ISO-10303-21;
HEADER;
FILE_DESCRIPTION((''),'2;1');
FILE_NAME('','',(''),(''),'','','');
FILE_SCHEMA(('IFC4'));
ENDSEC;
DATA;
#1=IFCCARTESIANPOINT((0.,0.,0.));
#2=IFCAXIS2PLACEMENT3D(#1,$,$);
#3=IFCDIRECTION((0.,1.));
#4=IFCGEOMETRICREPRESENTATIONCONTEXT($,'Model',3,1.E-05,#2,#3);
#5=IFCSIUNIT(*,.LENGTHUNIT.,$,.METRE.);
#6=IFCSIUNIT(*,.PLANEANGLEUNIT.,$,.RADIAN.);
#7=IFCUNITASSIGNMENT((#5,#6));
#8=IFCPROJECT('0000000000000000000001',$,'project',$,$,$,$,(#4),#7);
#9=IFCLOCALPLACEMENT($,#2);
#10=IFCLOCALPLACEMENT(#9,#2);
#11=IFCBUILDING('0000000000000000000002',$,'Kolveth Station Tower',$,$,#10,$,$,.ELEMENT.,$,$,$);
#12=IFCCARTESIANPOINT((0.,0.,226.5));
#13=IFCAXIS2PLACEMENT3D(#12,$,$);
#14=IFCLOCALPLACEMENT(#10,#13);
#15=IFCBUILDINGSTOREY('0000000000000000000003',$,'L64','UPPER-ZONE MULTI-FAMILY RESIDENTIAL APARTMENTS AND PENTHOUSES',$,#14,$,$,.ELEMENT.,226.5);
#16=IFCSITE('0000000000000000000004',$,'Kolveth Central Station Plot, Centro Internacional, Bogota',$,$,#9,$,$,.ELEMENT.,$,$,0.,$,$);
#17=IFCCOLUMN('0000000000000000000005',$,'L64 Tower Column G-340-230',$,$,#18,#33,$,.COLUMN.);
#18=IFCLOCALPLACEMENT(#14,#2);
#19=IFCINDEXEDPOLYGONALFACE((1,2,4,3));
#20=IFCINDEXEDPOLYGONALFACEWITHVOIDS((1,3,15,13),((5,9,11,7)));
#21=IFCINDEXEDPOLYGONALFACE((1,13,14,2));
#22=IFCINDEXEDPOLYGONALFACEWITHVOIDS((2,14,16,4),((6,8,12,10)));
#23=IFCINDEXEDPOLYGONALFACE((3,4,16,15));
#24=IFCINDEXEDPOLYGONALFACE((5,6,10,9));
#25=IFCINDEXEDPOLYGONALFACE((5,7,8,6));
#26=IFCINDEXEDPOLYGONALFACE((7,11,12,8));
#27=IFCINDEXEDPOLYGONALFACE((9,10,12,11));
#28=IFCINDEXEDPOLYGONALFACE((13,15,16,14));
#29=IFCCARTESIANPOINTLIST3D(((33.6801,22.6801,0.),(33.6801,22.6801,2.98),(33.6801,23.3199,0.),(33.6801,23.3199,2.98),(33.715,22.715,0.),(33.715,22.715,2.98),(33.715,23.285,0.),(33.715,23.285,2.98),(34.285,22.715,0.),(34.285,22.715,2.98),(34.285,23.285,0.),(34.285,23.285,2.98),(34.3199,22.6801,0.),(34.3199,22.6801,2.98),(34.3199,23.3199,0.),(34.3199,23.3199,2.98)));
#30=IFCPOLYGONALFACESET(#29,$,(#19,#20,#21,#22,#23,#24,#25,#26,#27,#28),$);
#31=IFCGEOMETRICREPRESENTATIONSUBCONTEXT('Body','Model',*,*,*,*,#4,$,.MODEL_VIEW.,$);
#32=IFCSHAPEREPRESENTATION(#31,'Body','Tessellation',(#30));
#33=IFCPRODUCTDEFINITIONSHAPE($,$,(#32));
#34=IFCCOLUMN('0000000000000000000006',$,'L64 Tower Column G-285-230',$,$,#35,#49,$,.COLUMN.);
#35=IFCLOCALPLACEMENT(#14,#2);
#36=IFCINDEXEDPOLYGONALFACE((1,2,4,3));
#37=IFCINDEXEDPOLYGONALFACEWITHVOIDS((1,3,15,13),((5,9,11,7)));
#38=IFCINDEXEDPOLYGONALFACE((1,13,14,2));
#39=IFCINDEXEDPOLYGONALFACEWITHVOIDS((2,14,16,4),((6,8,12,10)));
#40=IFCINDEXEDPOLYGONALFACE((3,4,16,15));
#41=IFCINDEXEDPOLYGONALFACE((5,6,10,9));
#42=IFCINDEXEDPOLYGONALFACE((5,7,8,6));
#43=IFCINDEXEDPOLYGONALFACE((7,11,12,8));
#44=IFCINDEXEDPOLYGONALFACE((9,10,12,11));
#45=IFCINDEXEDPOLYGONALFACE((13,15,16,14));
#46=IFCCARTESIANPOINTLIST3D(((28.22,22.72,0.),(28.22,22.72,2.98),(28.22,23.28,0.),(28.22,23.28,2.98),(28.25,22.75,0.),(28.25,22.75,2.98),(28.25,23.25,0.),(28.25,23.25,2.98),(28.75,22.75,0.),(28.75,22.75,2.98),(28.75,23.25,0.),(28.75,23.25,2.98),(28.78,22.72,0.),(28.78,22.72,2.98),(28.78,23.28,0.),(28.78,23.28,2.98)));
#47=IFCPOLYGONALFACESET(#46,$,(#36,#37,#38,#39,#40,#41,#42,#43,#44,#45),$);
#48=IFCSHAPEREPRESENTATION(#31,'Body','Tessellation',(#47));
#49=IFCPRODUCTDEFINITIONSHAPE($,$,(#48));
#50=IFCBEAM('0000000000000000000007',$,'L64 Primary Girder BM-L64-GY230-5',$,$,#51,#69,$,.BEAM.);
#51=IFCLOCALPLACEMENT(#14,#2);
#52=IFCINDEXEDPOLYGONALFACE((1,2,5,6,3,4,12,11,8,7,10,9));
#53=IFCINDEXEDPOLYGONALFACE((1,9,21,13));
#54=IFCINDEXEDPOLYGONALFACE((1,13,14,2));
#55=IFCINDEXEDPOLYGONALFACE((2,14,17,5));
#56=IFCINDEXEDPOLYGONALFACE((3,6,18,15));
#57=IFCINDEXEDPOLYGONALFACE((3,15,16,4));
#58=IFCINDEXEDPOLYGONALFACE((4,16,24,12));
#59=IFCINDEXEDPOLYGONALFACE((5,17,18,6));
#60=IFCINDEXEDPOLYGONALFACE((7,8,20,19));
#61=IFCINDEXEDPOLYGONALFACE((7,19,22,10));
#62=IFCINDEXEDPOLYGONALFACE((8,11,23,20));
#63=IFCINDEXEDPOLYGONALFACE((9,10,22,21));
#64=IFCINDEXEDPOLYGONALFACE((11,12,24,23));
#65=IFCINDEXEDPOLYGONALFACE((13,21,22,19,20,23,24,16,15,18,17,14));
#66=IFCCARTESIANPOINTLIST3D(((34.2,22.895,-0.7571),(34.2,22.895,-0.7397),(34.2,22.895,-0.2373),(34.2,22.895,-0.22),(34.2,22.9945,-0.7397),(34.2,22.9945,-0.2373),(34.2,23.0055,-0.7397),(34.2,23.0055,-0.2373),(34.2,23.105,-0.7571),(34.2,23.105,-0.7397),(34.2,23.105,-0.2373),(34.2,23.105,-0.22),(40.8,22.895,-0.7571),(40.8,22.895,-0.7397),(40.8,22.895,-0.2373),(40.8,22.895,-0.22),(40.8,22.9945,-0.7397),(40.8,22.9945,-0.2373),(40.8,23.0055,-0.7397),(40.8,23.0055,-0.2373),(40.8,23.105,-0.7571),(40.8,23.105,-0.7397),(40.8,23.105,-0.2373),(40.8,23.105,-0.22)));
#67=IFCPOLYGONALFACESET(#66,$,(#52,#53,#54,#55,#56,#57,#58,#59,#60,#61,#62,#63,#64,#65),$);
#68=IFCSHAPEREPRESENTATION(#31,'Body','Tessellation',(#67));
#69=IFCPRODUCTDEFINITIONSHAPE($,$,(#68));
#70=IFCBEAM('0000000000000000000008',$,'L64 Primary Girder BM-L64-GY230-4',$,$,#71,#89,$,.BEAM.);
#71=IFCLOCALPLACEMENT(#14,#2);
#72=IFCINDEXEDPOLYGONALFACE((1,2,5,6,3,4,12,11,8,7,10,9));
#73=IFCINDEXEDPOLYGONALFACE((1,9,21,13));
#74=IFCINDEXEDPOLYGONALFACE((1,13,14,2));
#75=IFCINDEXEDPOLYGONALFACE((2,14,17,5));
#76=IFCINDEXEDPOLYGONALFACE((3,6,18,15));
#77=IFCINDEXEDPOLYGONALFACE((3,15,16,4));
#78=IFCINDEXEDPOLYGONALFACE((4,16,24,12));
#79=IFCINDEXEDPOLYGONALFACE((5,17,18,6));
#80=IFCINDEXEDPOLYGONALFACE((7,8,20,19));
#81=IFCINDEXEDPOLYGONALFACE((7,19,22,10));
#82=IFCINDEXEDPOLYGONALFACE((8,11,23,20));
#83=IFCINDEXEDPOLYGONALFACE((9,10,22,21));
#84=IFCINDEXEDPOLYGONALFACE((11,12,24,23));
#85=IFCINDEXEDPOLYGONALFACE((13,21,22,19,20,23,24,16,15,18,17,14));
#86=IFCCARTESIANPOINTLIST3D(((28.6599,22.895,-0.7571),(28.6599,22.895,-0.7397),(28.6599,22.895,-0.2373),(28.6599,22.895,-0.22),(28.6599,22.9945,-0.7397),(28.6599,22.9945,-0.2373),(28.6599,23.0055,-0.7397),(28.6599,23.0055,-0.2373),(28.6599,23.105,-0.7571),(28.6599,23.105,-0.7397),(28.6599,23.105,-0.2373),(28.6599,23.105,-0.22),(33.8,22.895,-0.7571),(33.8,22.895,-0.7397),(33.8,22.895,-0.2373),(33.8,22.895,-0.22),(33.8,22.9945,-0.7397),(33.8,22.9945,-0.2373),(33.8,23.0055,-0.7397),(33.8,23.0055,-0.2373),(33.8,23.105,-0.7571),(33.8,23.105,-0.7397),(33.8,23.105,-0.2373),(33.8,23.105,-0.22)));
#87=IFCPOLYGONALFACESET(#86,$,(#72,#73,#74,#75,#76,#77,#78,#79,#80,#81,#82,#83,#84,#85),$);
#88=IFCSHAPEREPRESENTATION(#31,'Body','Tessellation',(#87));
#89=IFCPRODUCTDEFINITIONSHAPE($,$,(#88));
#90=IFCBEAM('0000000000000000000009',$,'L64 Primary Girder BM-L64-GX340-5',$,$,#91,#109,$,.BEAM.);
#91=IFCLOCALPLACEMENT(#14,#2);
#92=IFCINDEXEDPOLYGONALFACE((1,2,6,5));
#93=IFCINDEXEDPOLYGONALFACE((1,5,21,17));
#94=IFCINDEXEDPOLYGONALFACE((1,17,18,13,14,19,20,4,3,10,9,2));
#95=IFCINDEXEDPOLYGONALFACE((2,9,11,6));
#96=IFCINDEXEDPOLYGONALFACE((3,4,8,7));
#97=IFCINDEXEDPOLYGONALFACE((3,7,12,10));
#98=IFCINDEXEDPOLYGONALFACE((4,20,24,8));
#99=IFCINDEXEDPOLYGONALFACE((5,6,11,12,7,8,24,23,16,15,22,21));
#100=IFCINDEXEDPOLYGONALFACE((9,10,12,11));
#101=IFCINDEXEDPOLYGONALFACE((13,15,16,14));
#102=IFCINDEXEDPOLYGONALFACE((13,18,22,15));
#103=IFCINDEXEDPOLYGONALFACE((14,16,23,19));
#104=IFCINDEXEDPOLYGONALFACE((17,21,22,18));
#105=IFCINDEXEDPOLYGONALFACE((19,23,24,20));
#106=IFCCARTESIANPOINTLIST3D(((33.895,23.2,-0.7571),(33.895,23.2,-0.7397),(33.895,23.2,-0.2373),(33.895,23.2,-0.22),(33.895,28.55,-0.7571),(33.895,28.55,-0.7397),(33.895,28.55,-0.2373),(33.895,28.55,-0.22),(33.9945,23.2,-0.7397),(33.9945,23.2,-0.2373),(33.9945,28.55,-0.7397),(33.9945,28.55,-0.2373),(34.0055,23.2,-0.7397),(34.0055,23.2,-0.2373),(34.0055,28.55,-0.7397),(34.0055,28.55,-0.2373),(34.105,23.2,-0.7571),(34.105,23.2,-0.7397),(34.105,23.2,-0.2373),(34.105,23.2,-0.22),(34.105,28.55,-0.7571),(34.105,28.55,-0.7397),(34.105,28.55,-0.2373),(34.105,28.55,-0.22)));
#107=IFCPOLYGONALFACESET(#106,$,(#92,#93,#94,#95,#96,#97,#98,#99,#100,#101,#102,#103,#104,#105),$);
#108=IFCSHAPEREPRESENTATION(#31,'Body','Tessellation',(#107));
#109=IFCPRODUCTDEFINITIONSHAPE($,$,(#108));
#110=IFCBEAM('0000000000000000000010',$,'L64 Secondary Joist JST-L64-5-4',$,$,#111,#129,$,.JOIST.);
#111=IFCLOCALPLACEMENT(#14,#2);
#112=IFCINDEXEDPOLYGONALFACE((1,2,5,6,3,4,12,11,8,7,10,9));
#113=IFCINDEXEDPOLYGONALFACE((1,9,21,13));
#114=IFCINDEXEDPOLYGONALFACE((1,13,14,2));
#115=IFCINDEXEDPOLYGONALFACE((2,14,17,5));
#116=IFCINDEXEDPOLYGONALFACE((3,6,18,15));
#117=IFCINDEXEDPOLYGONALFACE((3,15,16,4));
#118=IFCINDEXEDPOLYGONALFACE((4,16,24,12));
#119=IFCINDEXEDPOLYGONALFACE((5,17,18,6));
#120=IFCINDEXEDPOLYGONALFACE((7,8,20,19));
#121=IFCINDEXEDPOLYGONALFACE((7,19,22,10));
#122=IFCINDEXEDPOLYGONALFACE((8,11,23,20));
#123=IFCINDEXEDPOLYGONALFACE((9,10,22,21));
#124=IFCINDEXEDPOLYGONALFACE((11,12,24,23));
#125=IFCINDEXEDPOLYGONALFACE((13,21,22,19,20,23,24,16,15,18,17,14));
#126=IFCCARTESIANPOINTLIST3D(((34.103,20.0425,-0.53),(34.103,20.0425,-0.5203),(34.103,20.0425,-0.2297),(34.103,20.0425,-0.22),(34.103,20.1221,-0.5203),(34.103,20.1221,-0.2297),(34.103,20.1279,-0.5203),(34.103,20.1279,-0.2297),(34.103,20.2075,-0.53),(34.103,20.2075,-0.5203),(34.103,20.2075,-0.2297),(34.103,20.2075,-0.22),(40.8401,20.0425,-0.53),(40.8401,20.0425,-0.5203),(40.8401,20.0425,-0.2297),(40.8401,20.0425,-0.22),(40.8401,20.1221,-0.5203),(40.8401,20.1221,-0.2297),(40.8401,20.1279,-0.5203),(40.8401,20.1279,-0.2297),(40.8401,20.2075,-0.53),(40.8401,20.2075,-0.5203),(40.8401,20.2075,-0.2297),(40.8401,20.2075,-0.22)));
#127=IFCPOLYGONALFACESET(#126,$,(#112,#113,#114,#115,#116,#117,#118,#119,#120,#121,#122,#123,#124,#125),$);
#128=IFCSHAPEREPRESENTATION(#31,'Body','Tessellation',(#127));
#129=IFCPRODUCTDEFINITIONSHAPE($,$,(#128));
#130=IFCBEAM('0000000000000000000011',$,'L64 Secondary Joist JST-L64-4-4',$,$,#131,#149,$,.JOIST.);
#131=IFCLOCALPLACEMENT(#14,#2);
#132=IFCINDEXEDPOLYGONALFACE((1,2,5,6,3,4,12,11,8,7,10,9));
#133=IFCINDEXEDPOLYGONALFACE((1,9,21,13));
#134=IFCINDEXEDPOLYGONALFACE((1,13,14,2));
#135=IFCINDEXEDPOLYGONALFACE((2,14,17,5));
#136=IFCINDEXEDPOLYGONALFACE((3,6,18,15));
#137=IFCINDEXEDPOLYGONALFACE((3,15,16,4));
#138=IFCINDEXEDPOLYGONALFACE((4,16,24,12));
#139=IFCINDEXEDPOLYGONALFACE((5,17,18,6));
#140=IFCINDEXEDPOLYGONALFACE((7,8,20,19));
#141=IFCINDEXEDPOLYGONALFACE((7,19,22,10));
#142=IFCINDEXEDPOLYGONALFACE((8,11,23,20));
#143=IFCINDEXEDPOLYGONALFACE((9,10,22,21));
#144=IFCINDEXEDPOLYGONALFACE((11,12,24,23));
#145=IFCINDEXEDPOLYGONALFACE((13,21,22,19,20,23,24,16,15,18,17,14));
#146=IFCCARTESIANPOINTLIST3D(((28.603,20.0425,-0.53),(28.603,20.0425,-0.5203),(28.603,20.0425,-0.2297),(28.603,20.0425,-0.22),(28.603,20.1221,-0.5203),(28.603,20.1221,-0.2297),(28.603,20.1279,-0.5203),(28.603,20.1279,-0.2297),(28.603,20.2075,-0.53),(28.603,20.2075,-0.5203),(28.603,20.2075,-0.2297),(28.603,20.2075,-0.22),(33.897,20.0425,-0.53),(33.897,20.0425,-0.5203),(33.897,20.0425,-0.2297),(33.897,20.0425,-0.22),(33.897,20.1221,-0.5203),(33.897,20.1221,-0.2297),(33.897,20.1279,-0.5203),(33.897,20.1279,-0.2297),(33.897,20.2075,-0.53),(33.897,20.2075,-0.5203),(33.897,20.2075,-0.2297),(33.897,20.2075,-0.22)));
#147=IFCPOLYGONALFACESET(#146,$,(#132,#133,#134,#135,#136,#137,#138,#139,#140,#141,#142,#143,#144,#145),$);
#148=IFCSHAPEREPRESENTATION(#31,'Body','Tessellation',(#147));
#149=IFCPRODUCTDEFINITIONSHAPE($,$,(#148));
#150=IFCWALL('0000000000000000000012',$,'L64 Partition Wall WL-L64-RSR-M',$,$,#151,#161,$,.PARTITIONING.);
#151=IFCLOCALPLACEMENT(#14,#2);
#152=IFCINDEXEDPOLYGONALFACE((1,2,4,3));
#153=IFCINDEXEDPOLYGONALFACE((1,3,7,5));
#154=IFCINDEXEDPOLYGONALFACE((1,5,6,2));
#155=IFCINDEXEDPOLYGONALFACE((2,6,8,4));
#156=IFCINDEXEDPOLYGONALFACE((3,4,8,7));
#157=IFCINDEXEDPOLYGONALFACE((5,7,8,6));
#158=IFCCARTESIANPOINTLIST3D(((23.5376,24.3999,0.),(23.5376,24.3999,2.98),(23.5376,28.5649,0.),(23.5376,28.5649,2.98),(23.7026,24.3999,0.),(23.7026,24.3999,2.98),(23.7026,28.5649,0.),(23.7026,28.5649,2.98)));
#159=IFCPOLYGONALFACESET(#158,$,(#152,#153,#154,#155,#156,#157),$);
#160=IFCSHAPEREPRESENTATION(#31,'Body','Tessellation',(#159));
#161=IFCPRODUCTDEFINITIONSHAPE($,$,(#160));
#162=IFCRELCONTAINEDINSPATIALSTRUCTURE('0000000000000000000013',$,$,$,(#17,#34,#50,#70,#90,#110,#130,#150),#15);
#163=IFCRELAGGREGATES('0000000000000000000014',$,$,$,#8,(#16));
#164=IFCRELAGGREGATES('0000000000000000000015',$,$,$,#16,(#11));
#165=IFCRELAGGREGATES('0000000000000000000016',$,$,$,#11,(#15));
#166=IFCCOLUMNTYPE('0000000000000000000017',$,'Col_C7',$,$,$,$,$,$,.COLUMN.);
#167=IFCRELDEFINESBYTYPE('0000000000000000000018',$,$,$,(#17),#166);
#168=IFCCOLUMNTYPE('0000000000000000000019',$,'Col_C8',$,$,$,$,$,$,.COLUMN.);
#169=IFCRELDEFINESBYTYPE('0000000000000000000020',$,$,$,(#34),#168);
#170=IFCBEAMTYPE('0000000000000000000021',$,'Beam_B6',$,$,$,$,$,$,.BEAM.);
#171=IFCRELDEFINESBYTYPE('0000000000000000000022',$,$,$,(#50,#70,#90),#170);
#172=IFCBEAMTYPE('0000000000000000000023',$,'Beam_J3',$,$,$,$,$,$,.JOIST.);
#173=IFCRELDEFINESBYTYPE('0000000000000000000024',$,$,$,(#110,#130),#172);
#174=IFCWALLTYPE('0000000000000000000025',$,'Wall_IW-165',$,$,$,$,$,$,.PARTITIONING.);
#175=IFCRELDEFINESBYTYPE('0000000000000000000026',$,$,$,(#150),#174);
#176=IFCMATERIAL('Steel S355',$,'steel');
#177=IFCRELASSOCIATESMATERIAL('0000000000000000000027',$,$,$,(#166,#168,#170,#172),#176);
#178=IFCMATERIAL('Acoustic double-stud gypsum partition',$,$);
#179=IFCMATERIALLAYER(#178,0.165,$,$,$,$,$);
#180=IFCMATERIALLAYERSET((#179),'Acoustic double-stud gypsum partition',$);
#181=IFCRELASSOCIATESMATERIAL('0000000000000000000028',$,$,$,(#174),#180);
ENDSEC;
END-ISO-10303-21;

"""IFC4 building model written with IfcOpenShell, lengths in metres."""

from ifc_helpers import new_model, si_unit, direction, frame, frame_2d, origin, origin_2d, place, context, subcontext, project, spatial, rectangle, hollow_rectangle, i_section, extrude, source, transform, mapped, material, layer, layer_set, material_profile, profile_set, type_object, element, save


model = new_model("IFC4")

# Units and contexts
model_context = context("Model", 3, precision=1e-05, world=origin(), true_north=direction((0.0, 1.0)))
body_context = subcontext(model_context, "Body", "Model", "MODEL_VIEW")
ifc_project = project(units=[si_unit("LENGTHUNIT", "METRE"), si_unit("PLANEANGLEUNIT", "RADIAN")], contexts=[model_context])

# Site, building, storey
site_placement = place(None, origin())
site = spatial("IfcSite", under=ifc_project, at=site_placement, Name="Kolveth Central Station Plot, Centro Internacional, Bogota", CompositionType="ELEMENT", RefElevation=0.0)
building_placement = place(site_placement, origin())
building = spatial("IfcBuilding", under=site, at=building_placement, Name="Kolveth Station Tower", CompositionType="ELEMENT")
storey_placement = place(building_placement, frame((0.0, 0.0, 226.5)))
storey = spatial("IfcBuildingStorey", under=building, at=storey_placement, Name="L64", Description="UPPER-ZONE MULTI-FAMILY RESIDENTIAL APARTMENTS AND PENTHOUSES", CompositionType="ELEMENT", Elevation=226.5)

# Columns
ifc_material_1 = material(Name="Steel S355", Category="steel")
ifc_material_profile_1 = material_profile(ifc_material_1, hollow_rectangle(XDim=0.6399, YDim=0.6399, WallThickness=0.0349, at=origin_2d()), Name="BOX640x640x35")
ifc_profile_set_1 = profile_set([ifc_material_profile_1], Name="Steel S355")
column_type_1 = type_object("IfcColumnType", Name="Col_C7", PredefinedType="COLUMN", material=ifc_profile_set_1)
shared_shape_1 = source(origin(), body_context, "Body", "SweptSolid", [
    extrude(hollow_rectangle(XDim=0.6399, YDim=0.6399, WallThickness=0.0349, at=origin_2d()), origin(), (0.0, 0.0, 1.0), 2.98),
])
column_1_placement = place(storey_placement, frame((34.0, 23.0, 0.0), z_axis=(0.0, 0.0, 1.0), x_axis=(1.0, 0.0, 0.0)))
element("IfcColumn", 1, at=column_1_placement, inside=storey, type_object=column_type_1, Name="L64 Tower Column G-340-230", PredefinedType="COLUMN", context=body_context, shape_type="MappedRepresentation", body=[
    mapped(shared_shape_1, transform((0.0, 0.0, 0.0), x_axis=(1.0, 0.0, 0.0), y_axis=(0.0, 1.0, 0.0), z_axis=(0.0, 0.0, 1.0), scale=1.0)),
])
ifc_material_profile_2 = material_profile(ifc_material_1, hollow_rectangle(XDim=0.5601, YDim=0.5601, WallThickness=0.03, at=origin_2d()), Name="BOX560x560x30")
ifc_profile_set_2 = profile_set([ifc_material_profile_2], Name="Steel S355")
column_type_2 = type_object("IfcColumnType", Name="Col_C8", PredefinedType="COLUMN", material=ifc_profile_set_2)
shared_shape_2 = source(origin(), body_context, "Body", "SweptSolid", [
    extrude(hollow_rectangle(XDim=0.5601, YDim=0.5601, WallThickness=0.03, at=origin_2d()), origin(), (0.0, 0.0, 1.0), 2.98),
])
column_2_placement = place(storey_placement, frame((28.5, 23.0, 0.0), z_axis=(0.0, 0.0, 1.0), x_axis=(1.0, 0.0, 0.0)))
element("IfcColumn", 2, at=column_2_placement, inside=storey, type_object=column_type_2, Name="L64 Tower Column G-285-230", PredefinedType="COLUMN", context=body_context, shape_type="MappedRepresentation", body=[
    mapped(shared_shape_2, transform((0.0, 0.0, 0.0), x_axis=(1.0, 0.0, 0.0), y_axis=(0.0, 1.0, 0.0), z_axis=(0.0, 0.0, 1.0), scale=1.0)),
])

# Beams
ifc_material_profile_3 = material_profile(ifc_material_1, i_section(OverallWidth=0.21, OverallDepth=0.5371, WebThickness=0.011, FlangeThickness=0.0173, at=origin_2d()), Name="W530x101")
ifc_profile_set_3 = profile_set([ifc_material_profile_3], Name="Steel S355")
beam_type_1 = type_object("IfcBeamType", Name="Beam_B6", PredefinedType="BEAM", material=ifc_profile_set_3)
shared_shape_3 = source(origin(), body_context, "Body", "SweptSolid", [
    extrude(i_section(OverallWidth=0.21, OverallDepth=0.5371, WebThickness=0.011, FlangeThickness=0.0173, at=origin_2d()), origin(), (0.0, 0.0, 1.0), 6.6001),
])
beam_1_placement = place(storey_placement, frame((34.2, 23.0, -0.4885), z_axis=(1.0, 0.0, 0.0), x_axis=(0.0, 1.0, 0.0)))
element("IfcBeam", 3, at=beam_1_placement, inside=storey, type_object=beam_type_1, Name="L64 Primary Girder BM-L64-GY230-5", PredefinedType="BEAM", context=body_context, shape_type="MappedRepresentation", body=[
    mapped(shared_shape_3, transform((0.0, 0.0, 0.0), x_axis=(1.0, 0.0, 0.0), y_axis=(0.0, 1.0, 0.0), z_axis=(0.0, 0.0, 1.0), scale=1.0)),
])
shared_shape_4 = source(origin(), body_context, "Body", "SweptSolid", [
    extrude(i_section(OverallWidth=0.21, OverallDepth=0.5371, WebThickness=0.011, FlangeThickness=0.0173, at=origin_2d()), origin(), (0.0, 0.0, 1.0), 5.1401),
])
beam_2_placement = place(storey_placement, frame((28.6599, 23.0, -0.4885), z_axis=(1.0, 0.0, 0.0), x_axis=(0.0, 1.0, 0.0)))
element("IfcBeam", 4, at=beam_2_placement, inside=storey, type_object=beam_type_1, Name="L64 Primary Girder BM-L64-GY230-4", PredefinedType="BEAM", context=body_context, shape_type="MappedRepresentation", body=[
    mapped(shared_shape_4, transform((0.0, 0.0, 0.0), x_axis=(1.0, 0.0, 0.0), y_axis=(0.0, 1.0, 0.0), z_axis=(0.0, 0.0, 1.0), scale=1.0)),
])
shared_shape_5 = source(origin(), body_context, "Body", "SweptSolid", [
    extrude(i_section(OverallWidth=0.21, OverallDepth=0.5371, WebThickness=0.011, FlangeThickness=0.0173, at=origin_2d()), origin(), (0.0, 0.0, 1.0), 5.3501),
])
beam_3_placement = place(storey_placement, frame((34.0, 23.2, -0.4885), z_axis=(0.0, 1.0, 0.0), x_axis=(-1.0, 0.0, 0.0)))
element("IfcBeam", 5, at=beam_3_placement, inside=storey, type_object=beam_type_1, Name="L64 Primary Girder BM-L64-GX340-5", PredefinedType="BEAM", context=body_context, shape_type="MappedRepresentation", body=[
    mapped(shared_shape_5, transform((0.0, 0.0, 0.0), x_axis=(1.0, 0.0, 0.0), y_axis=(0.0, 1.0, 0.0), z_axis=(0.0, 0.0, 1.0), scale=1.0)),
])
ifc_material_profile_4 = material_profile(ifc_material_1, i_section(OverallWidth=0.165, OverallDepth=0.3101, WebThickness=0.0059, FlangeThickness=0.0098, at=origin_2d()), Name="W310x39")
ifc_profile_set_4 = profile_set([ifc_material_profile_4], Name="Steel S355")
beam_type_2 = type_object("IfcBeamType", Name="Beam_J3", PredefinedType="JOIST", material=ifc_profile_set_4)
shared_shape_6 = source(origin(), body_context, "Body", "SweptSolid", [
    extrude(i_section(OverallWidth=0.165, OverallDepth=0.3101, WebThickness=0.0059, FlangeThickness=0.0098, at=origin_2d()), origin(), (0.0, 0.0, 1.0), 6.7371),
])
beam_4_placement = place(storey_placement, frame((34.103, 20.125, -0.375), z_axis=(1.0, 0.0, 0.0), x_axis=(0.0, 1.0, 0.0)))
element("IfcBeam", 6, at=beam_4_placement, inside=storey, type_object=beam_type_2, Name="L64 Secondary Joist JST-L64-5-4", PredefinedType="JOIST", context=body_context, shape_type="MappedRepresentation", body=[
    mapped(shared_shape_6, transform((0.0, 0.0, 0.0), x_axis=(1.0, 0.0, 0.0), y_axis=(0.0, 1.0, 0.0), z_axis=(0.0, 0.0, 1.0), scale=1.0)),
])
shared_shape_7 = source(origin(), body_context, "Body", "SweptSolid", [
    extrude(i_section(OverallWidth=0.165, OverallDepth=0.3101, WebThickness=0.0059, FlangeThickness=0.0098, at=origin_2d()), origin(), (0.0, 0.0, 1.0), 5.2939),
])
beam_5_placement = place(storey_placement, frame((28.603, 20.125, -0.375), z_axis=(1.0, 0.0, 0.0), x_axis=(0.0, 1.0, 0.0)))
element("IfcBeam", 7, at=beam_5_placement, inside=storey, type_object=beam_type_2, Name="L64 Secondary Joist JST-L64-4-4", PredefinedType="JOIST", context=body_context, shape_type="MappedRepresentation", body=[
    mapped(shared_shape_7, transform((0.0, 0.0, 0.0), x_axis=(1.0, 0.0, 0.0), y_axis=(0.0, 1.0, 0.0), z_axis=(0.0, 0.0, 1.0), scale=1.0)),
])

# Wall
ifc_material_2 = material(Name="Acoustic double-stud gypsum partition")
ifc_layer_1 = layer(ifc_material_2, 0.165)
ifc_layer_set_1 = layer_set([ifc_layer_1], Name="Acoustic double-stud gypsum partition")
wall_type_1 = type_object("IfcWallType", Name="Wall_IW-165", PredefinedType="PARTITIONING", material=ifc_layer_set_1)
wall_1_placement = place(storey_placement, frame((23.6201, 24.3999, 0.0), z_axis=(0.0, 0.0, 1.0), x_axis=(0.0, 1.0, 0.0)))
element("IfcWall", 8, at=wall_1_placement, inside=storey, type_object=wall_type_1, Name="L64 Partition Wall WL-L64-RSR-M", PredefinedType="PARTITIONING", context=body_context, shape_type="SweptSolid", body=[
    extrude(rectangle(XDim=4.165, YDim=0.165, at=frame_2d((2.0825, 0.0))), origin(), (0.0, 0.0, 1.0), 2.98),
])

save(model, "model.ifc")
